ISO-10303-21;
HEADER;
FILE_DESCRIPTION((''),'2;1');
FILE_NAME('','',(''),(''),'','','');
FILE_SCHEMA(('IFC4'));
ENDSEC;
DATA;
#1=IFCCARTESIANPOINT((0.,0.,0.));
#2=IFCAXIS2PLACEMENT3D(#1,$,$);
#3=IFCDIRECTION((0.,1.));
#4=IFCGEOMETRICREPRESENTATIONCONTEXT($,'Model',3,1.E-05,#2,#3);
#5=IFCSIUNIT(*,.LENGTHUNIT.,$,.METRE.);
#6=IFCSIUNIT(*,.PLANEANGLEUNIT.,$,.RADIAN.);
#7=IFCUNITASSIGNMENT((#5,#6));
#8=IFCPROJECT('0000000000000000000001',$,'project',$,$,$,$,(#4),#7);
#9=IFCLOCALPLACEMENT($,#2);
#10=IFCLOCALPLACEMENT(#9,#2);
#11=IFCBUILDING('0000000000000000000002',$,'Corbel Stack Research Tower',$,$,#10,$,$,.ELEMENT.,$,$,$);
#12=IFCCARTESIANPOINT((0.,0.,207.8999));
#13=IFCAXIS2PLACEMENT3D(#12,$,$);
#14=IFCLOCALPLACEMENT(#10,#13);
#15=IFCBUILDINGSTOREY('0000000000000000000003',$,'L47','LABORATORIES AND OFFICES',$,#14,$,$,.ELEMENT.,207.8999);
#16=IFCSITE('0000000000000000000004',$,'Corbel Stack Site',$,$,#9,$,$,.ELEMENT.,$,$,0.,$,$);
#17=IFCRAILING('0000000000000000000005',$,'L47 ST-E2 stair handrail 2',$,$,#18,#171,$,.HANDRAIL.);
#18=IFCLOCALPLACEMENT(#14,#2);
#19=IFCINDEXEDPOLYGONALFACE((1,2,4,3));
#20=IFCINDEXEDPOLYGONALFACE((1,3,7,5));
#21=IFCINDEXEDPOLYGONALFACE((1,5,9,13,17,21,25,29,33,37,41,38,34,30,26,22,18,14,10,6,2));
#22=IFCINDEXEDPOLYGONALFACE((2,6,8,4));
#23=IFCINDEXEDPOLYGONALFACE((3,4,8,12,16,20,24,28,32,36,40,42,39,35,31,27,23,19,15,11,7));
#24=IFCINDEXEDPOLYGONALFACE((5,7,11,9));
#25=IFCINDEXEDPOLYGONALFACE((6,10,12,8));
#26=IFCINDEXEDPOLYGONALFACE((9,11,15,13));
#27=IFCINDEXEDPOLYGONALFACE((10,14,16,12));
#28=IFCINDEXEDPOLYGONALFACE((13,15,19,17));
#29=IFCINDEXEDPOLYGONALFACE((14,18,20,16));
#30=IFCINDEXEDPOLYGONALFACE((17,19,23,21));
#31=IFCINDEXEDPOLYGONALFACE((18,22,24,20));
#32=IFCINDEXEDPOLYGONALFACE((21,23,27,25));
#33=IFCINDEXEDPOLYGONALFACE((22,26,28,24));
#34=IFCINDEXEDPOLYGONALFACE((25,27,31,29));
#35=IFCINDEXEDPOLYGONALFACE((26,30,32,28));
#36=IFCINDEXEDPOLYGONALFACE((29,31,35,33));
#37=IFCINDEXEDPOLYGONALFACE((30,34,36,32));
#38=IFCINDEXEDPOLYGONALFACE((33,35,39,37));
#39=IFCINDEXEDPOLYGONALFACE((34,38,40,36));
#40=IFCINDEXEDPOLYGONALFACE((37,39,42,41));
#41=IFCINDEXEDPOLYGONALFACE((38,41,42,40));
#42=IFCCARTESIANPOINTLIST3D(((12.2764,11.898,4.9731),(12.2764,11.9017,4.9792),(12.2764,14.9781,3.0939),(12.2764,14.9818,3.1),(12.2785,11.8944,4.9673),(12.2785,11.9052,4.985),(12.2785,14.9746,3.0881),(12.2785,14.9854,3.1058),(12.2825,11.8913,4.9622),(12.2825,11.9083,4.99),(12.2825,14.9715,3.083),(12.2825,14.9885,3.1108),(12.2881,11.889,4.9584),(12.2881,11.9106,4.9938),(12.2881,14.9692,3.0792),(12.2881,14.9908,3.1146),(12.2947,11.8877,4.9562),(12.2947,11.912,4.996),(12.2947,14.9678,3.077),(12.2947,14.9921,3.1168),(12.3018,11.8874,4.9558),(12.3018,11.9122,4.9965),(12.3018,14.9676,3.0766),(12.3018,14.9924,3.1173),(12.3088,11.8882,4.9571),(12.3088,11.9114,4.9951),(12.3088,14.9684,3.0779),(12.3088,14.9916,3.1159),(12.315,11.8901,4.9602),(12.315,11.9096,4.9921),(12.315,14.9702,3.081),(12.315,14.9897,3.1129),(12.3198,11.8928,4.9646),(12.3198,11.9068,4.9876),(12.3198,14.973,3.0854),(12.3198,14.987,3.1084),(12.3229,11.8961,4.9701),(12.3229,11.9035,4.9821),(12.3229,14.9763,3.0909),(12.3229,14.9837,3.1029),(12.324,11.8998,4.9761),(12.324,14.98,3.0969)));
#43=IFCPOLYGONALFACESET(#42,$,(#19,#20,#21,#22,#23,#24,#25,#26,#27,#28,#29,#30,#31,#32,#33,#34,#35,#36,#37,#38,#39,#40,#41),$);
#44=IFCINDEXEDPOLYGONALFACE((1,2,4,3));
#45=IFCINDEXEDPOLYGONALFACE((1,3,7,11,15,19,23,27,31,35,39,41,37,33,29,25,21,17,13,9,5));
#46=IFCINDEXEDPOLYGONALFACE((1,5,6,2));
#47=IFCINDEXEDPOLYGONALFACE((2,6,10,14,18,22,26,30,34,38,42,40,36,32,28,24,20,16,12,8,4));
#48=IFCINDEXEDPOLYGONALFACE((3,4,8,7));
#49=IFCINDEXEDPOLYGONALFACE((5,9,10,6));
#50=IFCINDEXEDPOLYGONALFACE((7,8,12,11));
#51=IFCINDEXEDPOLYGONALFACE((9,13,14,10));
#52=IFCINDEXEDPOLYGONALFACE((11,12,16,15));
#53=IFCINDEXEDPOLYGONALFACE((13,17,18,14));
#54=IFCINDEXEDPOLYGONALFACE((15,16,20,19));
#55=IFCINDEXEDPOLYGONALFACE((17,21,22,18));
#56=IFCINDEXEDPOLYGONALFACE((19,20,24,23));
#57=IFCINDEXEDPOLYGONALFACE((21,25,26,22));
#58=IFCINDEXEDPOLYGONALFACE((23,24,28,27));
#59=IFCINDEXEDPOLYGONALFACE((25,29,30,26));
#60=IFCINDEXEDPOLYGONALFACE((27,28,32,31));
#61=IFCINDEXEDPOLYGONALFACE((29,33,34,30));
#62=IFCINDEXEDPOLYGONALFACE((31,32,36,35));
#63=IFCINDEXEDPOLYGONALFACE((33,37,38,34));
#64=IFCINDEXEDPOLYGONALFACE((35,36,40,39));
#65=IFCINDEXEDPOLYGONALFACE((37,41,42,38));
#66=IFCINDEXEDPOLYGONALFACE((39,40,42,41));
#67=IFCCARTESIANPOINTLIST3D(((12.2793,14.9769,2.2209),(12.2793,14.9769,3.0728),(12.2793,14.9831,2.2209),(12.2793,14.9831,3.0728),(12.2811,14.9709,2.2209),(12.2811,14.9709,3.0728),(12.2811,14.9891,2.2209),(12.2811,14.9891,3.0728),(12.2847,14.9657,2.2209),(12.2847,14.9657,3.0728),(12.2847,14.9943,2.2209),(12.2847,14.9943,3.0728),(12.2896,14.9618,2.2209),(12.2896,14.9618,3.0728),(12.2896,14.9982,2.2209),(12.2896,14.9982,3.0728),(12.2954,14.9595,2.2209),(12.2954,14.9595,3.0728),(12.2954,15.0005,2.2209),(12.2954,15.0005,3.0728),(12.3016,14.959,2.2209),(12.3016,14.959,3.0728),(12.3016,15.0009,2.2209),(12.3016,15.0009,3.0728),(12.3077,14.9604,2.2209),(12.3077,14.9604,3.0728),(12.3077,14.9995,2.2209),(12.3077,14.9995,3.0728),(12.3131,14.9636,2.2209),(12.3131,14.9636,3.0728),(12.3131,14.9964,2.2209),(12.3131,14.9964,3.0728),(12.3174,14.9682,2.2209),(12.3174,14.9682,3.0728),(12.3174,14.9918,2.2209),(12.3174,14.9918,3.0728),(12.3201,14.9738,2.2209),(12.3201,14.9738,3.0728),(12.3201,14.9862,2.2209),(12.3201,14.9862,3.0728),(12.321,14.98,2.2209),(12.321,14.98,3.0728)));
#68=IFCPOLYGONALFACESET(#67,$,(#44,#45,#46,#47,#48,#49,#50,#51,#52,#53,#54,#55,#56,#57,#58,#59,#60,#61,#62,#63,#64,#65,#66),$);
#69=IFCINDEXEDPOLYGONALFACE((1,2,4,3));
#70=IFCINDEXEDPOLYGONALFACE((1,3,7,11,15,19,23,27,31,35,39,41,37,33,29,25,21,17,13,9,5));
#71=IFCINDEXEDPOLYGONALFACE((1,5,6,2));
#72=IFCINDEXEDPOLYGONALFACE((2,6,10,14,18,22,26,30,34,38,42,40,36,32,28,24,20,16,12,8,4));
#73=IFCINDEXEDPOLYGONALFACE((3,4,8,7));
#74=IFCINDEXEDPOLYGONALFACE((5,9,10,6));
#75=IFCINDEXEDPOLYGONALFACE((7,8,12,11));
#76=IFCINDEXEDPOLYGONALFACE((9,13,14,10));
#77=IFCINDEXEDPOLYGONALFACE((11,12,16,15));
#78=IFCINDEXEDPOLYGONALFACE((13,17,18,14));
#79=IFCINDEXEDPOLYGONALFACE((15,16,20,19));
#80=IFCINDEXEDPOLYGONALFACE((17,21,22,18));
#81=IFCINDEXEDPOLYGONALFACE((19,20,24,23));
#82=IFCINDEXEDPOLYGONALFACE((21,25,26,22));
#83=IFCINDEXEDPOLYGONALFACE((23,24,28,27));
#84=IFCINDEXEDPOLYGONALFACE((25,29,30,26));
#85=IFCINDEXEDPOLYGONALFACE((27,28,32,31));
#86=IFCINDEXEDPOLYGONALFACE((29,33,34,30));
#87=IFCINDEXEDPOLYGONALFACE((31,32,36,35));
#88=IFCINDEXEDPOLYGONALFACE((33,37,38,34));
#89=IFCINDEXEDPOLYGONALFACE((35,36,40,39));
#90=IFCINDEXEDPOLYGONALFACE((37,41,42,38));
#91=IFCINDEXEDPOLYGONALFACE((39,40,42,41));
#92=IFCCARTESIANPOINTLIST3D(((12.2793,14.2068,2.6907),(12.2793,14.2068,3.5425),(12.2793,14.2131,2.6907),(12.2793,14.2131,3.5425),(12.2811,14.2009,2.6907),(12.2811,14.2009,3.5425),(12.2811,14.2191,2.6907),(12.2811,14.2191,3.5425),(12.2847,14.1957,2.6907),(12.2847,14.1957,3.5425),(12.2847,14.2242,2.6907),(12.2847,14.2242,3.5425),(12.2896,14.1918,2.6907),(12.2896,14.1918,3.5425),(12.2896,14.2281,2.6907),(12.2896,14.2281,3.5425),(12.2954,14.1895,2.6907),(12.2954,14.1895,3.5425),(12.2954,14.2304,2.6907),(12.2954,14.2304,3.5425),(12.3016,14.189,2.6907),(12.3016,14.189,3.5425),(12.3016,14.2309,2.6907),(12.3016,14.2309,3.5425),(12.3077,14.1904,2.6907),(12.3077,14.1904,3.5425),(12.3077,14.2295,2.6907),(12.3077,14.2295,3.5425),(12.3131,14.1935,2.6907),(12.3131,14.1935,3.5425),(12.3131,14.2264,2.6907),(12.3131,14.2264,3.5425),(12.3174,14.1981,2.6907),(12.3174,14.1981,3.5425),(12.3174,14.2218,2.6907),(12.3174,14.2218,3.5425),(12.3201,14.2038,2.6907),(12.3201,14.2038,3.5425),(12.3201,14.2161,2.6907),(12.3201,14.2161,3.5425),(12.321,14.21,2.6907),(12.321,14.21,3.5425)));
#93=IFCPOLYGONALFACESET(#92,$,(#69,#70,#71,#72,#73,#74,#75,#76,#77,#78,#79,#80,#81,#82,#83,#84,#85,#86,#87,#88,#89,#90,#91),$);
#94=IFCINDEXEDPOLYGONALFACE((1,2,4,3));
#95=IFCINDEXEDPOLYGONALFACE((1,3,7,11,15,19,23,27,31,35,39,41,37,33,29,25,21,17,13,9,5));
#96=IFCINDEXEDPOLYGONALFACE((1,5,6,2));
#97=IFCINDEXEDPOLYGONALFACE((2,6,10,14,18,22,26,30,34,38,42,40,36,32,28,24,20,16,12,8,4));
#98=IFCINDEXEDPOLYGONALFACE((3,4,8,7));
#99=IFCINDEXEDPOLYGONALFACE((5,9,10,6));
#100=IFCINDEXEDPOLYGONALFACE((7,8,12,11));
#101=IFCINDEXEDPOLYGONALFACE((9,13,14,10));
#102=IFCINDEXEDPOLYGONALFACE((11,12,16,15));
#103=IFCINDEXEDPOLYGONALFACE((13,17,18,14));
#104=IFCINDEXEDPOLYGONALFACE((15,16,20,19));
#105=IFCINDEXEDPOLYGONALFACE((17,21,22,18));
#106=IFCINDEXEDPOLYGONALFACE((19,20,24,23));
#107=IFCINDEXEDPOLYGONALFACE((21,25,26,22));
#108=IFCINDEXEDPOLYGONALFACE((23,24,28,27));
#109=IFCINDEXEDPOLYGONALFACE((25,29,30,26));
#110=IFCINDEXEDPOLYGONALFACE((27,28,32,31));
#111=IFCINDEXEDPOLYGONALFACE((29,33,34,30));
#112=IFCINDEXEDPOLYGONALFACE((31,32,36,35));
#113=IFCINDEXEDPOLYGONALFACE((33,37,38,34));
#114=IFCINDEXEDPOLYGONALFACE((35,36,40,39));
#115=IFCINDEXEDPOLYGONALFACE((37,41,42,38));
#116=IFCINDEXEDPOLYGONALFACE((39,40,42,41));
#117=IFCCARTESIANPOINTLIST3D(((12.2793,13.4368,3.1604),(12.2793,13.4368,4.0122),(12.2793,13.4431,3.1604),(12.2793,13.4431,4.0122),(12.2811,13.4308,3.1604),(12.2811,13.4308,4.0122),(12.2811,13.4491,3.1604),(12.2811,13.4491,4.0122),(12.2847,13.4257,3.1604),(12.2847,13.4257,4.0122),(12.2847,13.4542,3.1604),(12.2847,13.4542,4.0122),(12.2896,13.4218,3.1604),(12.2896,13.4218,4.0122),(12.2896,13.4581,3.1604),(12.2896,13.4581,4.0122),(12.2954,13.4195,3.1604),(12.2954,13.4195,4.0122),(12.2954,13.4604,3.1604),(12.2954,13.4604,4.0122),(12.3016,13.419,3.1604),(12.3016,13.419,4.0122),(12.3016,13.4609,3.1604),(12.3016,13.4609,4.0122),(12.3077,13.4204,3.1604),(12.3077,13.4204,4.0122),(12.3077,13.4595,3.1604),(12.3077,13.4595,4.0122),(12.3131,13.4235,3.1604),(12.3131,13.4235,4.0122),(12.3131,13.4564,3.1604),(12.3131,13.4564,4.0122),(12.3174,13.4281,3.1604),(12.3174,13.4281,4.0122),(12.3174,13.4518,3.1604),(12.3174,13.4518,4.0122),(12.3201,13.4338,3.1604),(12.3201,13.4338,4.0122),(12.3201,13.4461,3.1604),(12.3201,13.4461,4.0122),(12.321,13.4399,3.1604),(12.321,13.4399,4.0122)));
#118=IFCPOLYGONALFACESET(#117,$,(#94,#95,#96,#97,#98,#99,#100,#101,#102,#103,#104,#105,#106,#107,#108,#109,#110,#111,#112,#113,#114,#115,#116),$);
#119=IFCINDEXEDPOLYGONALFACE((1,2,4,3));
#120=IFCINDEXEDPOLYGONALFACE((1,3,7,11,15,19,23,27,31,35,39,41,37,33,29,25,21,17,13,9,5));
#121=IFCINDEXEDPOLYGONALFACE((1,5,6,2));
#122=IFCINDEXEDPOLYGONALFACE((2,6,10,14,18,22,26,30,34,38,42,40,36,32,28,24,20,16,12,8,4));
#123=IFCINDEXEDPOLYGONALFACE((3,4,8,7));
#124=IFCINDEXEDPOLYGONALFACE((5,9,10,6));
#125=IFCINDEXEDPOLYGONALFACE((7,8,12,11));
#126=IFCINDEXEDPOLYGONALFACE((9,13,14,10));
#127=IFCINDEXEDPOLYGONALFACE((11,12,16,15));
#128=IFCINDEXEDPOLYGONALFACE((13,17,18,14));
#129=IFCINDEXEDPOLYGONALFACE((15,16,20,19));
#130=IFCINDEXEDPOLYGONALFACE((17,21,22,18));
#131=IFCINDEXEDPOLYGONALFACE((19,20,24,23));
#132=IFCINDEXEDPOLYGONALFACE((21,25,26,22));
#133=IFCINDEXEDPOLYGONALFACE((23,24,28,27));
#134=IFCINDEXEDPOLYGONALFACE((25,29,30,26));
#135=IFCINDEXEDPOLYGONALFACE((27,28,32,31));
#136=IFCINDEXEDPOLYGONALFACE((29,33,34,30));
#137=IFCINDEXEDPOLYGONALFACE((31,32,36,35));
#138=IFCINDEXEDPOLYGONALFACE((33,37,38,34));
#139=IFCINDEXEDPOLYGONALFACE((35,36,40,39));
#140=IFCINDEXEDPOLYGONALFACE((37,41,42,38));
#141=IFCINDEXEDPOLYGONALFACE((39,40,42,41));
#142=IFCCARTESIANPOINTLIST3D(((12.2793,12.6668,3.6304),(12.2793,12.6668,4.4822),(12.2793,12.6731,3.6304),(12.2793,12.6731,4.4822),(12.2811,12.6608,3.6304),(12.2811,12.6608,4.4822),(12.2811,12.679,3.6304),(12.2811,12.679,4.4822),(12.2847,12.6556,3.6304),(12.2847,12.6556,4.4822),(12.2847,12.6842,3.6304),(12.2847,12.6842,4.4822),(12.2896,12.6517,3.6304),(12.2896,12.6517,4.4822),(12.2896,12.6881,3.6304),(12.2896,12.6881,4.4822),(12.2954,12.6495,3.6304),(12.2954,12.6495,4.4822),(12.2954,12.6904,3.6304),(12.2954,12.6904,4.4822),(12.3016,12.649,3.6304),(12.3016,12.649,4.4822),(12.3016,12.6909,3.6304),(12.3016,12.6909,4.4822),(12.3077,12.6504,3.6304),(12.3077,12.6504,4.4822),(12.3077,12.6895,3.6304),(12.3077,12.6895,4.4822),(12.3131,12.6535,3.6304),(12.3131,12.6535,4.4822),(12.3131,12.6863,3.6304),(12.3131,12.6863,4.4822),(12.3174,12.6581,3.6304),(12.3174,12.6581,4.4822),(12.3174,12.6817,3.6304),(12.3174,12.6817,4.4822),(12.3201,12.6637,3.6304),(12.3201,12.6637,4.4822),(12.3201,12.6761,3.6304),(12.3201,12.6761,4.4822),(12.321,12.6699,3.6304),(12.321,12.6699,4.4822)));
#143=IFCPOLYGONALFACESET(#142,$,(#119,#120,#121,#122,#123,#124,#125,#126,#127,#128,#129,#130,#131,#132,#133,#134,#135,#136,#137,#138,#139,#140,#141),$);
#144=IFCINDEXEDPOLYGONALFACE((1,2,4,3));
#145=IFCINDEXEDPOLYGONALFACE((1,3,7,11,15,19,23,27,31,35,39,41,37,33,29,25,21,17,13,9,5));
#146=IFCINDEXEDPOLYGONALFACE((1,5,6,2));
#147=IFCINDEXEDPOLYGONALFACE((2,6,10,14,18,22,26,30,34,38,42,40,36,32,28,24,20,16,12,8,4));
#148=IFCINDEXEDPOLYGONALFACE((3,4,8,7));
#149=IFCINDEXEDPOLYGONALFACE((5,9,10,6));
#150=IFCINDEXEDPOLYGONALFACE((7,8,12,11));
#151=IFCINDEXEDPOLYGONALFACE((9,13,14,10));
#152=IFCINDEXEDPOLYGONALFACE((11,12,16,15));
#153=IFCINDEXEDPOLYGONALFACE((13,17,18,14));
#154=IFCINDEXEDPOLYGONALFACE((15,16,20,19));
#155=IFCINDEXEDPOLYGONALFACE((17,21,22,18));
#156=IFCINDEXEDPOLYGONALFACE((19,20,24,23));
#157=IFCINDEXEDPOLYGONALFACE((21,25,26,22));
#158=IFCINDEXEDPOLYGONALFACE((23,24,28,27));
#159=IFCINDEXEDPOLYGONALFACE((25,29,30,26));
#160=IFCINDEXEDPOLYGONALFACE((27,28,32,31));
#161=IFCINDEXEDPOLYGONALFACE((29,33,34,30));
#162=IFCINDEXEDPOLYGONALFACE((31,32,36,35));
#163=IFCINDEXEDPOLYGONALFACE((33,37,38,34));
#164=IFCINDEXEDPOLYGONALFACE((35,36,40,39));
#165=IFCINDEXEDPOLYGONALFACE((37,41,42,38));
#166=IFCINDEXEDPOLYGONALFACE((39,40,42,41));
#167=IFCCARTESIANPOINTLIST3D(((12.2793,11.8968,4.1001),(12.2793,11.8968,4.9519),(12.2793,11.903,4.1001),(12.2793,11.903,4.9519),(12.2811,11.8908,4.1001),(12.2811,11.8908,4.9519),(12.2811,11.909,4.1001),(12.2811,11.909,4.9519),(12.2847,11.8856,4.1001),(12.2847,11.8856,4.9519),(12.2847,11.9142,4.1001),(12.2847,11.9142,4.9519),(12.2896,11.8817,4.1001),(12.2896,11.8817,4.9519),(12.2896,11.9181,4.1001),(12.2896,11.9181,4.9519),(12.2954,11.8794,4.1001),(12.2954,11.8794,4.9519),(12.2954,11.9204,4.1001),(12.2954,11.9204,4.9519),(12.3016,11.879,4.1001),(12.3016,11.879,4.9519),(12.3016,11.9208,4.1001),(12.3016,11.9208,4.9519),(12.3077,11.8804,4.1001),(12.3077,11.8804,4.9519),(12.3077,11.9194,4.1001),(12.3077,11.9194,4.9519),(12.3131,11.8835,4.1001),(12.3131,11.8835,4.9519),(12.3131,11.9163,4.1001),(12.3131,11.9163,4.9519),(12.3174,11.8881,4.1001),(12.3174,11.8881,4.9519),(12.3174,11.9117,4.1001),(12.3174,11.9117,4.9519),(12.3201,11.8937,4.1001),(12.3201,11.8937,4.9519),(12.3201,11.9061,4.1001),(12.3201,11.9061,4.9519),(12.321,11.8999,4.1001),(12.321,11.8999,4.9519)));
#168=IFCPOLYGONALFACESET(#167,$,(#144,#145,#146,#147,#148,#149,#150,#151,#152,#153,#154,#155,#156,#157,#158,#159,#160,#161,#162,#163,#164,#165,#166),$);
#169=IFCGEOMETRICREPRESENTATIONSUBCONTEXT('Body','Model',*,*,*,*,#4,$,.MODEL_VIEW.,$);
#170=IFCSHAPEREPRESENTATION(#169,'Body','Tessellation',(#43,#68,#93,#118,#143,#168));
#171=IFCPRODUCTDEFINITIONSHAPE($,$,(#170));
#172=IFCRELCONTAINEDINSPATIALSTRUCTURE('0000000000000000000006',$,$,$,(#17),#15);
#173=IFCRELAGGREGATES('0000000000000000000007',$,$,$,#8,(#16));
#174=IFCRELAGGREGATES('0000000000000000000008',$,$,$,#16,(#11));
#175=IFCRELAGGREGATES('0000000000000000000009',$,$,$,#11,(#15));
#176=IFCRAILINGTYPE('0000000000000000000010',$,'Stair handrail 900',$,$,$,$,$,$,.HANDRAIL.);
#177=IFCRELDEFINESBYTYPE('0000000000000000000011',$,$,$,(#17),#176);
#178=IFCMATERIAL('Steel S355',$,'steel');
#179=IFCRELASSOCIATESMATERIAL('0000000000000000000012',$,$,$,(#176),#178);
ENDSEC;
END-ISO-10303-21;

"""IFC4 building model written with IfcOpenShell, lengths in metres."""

from ifc_helpers import new_model, si_unit, direction, frame, origin, origin_2d, place, context, subcontext, project, spatial, circle, extrude, material, type_object, element, save


model = new_model("IFC4")

# Units and contexts
model_context = context("Model", 3, precision=1e-05, world=origin(), true_north=direction((0.0, 1.0)))
body_context = subcontext(model_context, "Body", "Model", "MODEL_VIEW")
ifc_project = project(units=[si_unit("LENGTHUNIT", "METRE"), si_unit("PLANEANGLEUNIT", "RADIAN")], contexts=[model_context])

# Site, building, storey
site_placement = place(None, origin())
site = spatial("IfcSite", under=ifc_project, at=site_placement, Name="Corbel Stack Site", CompositionType="ELEMENT", RefElevation=0.0)
building_placement = place(site_placement, origin())
building = spatial("IfcBuilding", under=site, at=building_placement, Name="Corbel Stack Research Tower", CompositionType="ELEMENT")
storey_placement = place(building_placement, frame((0.0, 0.0, 207.8999)))
storey = spatial("IfcBuildingStorey", under=building, at=storey_placement, Name="L47", Description="LABORATORIES AND OFFICES", CompositionType="ELEMENT", Elevation=207.8999)

# Railing
ifc_material_1 = material(Name="Steel S355", Category="steel")
railing_type_1 = type_object("IfcRailingType", Name="Stair handrail 900", PredefinedType="HANDRAIL", material=ifc_material_1)
railing_1_placement = place(storey_placement, frame((12.3, 14.98, 2.2209)))
element("IfcRailing", 1, at=railing_1_placement, inside=storey, type_object=railing_type_1, Name="L47 ST-E2 stair handrail 2", PredefinedType="HANDRAIL", context=body_context, shape_type="SweptSolid", body=[
    extrude(circle(Radius=0.0239, at=origin_2d()), frame((0.0, 0.0, 0.876), z_axis=(0.0, -0.853666, 0.52082), x_axis=(1.0, 0.0, 0.0)), (0.0, 0.0, 1.0), 3.6082),
    extrude(circle(Radius=0.021, at=origin_2d()), origin(), (0.0, 0.0, 1.0), 0.8518),
    extrude(circle(Radius=0.021, at=origin_2d()), frame((0.0, -0.77, 0.4697)), (0.0, 0.0, 1.0), 0.8518),
    extrude(circle(Radius=0.021, at=origin_2d()), frame((0.0, -1.54, 0.9395)), (0.0, 0.0, 1.0), 0.8518),
    extrude(circle(Radius=0.021, at=origin_2d()), frame((0.0, -2.3101, 1.4094)), (0.0, 0.0, 1.0), 0.8518),
    extrude(circle(Radius=0.021, at=origin_2d()), frame((0.0, -3.0801, 1.8792)), (0.0, 0.0, 1.0), 0.8518),
])

save(model, "model.ifc")
